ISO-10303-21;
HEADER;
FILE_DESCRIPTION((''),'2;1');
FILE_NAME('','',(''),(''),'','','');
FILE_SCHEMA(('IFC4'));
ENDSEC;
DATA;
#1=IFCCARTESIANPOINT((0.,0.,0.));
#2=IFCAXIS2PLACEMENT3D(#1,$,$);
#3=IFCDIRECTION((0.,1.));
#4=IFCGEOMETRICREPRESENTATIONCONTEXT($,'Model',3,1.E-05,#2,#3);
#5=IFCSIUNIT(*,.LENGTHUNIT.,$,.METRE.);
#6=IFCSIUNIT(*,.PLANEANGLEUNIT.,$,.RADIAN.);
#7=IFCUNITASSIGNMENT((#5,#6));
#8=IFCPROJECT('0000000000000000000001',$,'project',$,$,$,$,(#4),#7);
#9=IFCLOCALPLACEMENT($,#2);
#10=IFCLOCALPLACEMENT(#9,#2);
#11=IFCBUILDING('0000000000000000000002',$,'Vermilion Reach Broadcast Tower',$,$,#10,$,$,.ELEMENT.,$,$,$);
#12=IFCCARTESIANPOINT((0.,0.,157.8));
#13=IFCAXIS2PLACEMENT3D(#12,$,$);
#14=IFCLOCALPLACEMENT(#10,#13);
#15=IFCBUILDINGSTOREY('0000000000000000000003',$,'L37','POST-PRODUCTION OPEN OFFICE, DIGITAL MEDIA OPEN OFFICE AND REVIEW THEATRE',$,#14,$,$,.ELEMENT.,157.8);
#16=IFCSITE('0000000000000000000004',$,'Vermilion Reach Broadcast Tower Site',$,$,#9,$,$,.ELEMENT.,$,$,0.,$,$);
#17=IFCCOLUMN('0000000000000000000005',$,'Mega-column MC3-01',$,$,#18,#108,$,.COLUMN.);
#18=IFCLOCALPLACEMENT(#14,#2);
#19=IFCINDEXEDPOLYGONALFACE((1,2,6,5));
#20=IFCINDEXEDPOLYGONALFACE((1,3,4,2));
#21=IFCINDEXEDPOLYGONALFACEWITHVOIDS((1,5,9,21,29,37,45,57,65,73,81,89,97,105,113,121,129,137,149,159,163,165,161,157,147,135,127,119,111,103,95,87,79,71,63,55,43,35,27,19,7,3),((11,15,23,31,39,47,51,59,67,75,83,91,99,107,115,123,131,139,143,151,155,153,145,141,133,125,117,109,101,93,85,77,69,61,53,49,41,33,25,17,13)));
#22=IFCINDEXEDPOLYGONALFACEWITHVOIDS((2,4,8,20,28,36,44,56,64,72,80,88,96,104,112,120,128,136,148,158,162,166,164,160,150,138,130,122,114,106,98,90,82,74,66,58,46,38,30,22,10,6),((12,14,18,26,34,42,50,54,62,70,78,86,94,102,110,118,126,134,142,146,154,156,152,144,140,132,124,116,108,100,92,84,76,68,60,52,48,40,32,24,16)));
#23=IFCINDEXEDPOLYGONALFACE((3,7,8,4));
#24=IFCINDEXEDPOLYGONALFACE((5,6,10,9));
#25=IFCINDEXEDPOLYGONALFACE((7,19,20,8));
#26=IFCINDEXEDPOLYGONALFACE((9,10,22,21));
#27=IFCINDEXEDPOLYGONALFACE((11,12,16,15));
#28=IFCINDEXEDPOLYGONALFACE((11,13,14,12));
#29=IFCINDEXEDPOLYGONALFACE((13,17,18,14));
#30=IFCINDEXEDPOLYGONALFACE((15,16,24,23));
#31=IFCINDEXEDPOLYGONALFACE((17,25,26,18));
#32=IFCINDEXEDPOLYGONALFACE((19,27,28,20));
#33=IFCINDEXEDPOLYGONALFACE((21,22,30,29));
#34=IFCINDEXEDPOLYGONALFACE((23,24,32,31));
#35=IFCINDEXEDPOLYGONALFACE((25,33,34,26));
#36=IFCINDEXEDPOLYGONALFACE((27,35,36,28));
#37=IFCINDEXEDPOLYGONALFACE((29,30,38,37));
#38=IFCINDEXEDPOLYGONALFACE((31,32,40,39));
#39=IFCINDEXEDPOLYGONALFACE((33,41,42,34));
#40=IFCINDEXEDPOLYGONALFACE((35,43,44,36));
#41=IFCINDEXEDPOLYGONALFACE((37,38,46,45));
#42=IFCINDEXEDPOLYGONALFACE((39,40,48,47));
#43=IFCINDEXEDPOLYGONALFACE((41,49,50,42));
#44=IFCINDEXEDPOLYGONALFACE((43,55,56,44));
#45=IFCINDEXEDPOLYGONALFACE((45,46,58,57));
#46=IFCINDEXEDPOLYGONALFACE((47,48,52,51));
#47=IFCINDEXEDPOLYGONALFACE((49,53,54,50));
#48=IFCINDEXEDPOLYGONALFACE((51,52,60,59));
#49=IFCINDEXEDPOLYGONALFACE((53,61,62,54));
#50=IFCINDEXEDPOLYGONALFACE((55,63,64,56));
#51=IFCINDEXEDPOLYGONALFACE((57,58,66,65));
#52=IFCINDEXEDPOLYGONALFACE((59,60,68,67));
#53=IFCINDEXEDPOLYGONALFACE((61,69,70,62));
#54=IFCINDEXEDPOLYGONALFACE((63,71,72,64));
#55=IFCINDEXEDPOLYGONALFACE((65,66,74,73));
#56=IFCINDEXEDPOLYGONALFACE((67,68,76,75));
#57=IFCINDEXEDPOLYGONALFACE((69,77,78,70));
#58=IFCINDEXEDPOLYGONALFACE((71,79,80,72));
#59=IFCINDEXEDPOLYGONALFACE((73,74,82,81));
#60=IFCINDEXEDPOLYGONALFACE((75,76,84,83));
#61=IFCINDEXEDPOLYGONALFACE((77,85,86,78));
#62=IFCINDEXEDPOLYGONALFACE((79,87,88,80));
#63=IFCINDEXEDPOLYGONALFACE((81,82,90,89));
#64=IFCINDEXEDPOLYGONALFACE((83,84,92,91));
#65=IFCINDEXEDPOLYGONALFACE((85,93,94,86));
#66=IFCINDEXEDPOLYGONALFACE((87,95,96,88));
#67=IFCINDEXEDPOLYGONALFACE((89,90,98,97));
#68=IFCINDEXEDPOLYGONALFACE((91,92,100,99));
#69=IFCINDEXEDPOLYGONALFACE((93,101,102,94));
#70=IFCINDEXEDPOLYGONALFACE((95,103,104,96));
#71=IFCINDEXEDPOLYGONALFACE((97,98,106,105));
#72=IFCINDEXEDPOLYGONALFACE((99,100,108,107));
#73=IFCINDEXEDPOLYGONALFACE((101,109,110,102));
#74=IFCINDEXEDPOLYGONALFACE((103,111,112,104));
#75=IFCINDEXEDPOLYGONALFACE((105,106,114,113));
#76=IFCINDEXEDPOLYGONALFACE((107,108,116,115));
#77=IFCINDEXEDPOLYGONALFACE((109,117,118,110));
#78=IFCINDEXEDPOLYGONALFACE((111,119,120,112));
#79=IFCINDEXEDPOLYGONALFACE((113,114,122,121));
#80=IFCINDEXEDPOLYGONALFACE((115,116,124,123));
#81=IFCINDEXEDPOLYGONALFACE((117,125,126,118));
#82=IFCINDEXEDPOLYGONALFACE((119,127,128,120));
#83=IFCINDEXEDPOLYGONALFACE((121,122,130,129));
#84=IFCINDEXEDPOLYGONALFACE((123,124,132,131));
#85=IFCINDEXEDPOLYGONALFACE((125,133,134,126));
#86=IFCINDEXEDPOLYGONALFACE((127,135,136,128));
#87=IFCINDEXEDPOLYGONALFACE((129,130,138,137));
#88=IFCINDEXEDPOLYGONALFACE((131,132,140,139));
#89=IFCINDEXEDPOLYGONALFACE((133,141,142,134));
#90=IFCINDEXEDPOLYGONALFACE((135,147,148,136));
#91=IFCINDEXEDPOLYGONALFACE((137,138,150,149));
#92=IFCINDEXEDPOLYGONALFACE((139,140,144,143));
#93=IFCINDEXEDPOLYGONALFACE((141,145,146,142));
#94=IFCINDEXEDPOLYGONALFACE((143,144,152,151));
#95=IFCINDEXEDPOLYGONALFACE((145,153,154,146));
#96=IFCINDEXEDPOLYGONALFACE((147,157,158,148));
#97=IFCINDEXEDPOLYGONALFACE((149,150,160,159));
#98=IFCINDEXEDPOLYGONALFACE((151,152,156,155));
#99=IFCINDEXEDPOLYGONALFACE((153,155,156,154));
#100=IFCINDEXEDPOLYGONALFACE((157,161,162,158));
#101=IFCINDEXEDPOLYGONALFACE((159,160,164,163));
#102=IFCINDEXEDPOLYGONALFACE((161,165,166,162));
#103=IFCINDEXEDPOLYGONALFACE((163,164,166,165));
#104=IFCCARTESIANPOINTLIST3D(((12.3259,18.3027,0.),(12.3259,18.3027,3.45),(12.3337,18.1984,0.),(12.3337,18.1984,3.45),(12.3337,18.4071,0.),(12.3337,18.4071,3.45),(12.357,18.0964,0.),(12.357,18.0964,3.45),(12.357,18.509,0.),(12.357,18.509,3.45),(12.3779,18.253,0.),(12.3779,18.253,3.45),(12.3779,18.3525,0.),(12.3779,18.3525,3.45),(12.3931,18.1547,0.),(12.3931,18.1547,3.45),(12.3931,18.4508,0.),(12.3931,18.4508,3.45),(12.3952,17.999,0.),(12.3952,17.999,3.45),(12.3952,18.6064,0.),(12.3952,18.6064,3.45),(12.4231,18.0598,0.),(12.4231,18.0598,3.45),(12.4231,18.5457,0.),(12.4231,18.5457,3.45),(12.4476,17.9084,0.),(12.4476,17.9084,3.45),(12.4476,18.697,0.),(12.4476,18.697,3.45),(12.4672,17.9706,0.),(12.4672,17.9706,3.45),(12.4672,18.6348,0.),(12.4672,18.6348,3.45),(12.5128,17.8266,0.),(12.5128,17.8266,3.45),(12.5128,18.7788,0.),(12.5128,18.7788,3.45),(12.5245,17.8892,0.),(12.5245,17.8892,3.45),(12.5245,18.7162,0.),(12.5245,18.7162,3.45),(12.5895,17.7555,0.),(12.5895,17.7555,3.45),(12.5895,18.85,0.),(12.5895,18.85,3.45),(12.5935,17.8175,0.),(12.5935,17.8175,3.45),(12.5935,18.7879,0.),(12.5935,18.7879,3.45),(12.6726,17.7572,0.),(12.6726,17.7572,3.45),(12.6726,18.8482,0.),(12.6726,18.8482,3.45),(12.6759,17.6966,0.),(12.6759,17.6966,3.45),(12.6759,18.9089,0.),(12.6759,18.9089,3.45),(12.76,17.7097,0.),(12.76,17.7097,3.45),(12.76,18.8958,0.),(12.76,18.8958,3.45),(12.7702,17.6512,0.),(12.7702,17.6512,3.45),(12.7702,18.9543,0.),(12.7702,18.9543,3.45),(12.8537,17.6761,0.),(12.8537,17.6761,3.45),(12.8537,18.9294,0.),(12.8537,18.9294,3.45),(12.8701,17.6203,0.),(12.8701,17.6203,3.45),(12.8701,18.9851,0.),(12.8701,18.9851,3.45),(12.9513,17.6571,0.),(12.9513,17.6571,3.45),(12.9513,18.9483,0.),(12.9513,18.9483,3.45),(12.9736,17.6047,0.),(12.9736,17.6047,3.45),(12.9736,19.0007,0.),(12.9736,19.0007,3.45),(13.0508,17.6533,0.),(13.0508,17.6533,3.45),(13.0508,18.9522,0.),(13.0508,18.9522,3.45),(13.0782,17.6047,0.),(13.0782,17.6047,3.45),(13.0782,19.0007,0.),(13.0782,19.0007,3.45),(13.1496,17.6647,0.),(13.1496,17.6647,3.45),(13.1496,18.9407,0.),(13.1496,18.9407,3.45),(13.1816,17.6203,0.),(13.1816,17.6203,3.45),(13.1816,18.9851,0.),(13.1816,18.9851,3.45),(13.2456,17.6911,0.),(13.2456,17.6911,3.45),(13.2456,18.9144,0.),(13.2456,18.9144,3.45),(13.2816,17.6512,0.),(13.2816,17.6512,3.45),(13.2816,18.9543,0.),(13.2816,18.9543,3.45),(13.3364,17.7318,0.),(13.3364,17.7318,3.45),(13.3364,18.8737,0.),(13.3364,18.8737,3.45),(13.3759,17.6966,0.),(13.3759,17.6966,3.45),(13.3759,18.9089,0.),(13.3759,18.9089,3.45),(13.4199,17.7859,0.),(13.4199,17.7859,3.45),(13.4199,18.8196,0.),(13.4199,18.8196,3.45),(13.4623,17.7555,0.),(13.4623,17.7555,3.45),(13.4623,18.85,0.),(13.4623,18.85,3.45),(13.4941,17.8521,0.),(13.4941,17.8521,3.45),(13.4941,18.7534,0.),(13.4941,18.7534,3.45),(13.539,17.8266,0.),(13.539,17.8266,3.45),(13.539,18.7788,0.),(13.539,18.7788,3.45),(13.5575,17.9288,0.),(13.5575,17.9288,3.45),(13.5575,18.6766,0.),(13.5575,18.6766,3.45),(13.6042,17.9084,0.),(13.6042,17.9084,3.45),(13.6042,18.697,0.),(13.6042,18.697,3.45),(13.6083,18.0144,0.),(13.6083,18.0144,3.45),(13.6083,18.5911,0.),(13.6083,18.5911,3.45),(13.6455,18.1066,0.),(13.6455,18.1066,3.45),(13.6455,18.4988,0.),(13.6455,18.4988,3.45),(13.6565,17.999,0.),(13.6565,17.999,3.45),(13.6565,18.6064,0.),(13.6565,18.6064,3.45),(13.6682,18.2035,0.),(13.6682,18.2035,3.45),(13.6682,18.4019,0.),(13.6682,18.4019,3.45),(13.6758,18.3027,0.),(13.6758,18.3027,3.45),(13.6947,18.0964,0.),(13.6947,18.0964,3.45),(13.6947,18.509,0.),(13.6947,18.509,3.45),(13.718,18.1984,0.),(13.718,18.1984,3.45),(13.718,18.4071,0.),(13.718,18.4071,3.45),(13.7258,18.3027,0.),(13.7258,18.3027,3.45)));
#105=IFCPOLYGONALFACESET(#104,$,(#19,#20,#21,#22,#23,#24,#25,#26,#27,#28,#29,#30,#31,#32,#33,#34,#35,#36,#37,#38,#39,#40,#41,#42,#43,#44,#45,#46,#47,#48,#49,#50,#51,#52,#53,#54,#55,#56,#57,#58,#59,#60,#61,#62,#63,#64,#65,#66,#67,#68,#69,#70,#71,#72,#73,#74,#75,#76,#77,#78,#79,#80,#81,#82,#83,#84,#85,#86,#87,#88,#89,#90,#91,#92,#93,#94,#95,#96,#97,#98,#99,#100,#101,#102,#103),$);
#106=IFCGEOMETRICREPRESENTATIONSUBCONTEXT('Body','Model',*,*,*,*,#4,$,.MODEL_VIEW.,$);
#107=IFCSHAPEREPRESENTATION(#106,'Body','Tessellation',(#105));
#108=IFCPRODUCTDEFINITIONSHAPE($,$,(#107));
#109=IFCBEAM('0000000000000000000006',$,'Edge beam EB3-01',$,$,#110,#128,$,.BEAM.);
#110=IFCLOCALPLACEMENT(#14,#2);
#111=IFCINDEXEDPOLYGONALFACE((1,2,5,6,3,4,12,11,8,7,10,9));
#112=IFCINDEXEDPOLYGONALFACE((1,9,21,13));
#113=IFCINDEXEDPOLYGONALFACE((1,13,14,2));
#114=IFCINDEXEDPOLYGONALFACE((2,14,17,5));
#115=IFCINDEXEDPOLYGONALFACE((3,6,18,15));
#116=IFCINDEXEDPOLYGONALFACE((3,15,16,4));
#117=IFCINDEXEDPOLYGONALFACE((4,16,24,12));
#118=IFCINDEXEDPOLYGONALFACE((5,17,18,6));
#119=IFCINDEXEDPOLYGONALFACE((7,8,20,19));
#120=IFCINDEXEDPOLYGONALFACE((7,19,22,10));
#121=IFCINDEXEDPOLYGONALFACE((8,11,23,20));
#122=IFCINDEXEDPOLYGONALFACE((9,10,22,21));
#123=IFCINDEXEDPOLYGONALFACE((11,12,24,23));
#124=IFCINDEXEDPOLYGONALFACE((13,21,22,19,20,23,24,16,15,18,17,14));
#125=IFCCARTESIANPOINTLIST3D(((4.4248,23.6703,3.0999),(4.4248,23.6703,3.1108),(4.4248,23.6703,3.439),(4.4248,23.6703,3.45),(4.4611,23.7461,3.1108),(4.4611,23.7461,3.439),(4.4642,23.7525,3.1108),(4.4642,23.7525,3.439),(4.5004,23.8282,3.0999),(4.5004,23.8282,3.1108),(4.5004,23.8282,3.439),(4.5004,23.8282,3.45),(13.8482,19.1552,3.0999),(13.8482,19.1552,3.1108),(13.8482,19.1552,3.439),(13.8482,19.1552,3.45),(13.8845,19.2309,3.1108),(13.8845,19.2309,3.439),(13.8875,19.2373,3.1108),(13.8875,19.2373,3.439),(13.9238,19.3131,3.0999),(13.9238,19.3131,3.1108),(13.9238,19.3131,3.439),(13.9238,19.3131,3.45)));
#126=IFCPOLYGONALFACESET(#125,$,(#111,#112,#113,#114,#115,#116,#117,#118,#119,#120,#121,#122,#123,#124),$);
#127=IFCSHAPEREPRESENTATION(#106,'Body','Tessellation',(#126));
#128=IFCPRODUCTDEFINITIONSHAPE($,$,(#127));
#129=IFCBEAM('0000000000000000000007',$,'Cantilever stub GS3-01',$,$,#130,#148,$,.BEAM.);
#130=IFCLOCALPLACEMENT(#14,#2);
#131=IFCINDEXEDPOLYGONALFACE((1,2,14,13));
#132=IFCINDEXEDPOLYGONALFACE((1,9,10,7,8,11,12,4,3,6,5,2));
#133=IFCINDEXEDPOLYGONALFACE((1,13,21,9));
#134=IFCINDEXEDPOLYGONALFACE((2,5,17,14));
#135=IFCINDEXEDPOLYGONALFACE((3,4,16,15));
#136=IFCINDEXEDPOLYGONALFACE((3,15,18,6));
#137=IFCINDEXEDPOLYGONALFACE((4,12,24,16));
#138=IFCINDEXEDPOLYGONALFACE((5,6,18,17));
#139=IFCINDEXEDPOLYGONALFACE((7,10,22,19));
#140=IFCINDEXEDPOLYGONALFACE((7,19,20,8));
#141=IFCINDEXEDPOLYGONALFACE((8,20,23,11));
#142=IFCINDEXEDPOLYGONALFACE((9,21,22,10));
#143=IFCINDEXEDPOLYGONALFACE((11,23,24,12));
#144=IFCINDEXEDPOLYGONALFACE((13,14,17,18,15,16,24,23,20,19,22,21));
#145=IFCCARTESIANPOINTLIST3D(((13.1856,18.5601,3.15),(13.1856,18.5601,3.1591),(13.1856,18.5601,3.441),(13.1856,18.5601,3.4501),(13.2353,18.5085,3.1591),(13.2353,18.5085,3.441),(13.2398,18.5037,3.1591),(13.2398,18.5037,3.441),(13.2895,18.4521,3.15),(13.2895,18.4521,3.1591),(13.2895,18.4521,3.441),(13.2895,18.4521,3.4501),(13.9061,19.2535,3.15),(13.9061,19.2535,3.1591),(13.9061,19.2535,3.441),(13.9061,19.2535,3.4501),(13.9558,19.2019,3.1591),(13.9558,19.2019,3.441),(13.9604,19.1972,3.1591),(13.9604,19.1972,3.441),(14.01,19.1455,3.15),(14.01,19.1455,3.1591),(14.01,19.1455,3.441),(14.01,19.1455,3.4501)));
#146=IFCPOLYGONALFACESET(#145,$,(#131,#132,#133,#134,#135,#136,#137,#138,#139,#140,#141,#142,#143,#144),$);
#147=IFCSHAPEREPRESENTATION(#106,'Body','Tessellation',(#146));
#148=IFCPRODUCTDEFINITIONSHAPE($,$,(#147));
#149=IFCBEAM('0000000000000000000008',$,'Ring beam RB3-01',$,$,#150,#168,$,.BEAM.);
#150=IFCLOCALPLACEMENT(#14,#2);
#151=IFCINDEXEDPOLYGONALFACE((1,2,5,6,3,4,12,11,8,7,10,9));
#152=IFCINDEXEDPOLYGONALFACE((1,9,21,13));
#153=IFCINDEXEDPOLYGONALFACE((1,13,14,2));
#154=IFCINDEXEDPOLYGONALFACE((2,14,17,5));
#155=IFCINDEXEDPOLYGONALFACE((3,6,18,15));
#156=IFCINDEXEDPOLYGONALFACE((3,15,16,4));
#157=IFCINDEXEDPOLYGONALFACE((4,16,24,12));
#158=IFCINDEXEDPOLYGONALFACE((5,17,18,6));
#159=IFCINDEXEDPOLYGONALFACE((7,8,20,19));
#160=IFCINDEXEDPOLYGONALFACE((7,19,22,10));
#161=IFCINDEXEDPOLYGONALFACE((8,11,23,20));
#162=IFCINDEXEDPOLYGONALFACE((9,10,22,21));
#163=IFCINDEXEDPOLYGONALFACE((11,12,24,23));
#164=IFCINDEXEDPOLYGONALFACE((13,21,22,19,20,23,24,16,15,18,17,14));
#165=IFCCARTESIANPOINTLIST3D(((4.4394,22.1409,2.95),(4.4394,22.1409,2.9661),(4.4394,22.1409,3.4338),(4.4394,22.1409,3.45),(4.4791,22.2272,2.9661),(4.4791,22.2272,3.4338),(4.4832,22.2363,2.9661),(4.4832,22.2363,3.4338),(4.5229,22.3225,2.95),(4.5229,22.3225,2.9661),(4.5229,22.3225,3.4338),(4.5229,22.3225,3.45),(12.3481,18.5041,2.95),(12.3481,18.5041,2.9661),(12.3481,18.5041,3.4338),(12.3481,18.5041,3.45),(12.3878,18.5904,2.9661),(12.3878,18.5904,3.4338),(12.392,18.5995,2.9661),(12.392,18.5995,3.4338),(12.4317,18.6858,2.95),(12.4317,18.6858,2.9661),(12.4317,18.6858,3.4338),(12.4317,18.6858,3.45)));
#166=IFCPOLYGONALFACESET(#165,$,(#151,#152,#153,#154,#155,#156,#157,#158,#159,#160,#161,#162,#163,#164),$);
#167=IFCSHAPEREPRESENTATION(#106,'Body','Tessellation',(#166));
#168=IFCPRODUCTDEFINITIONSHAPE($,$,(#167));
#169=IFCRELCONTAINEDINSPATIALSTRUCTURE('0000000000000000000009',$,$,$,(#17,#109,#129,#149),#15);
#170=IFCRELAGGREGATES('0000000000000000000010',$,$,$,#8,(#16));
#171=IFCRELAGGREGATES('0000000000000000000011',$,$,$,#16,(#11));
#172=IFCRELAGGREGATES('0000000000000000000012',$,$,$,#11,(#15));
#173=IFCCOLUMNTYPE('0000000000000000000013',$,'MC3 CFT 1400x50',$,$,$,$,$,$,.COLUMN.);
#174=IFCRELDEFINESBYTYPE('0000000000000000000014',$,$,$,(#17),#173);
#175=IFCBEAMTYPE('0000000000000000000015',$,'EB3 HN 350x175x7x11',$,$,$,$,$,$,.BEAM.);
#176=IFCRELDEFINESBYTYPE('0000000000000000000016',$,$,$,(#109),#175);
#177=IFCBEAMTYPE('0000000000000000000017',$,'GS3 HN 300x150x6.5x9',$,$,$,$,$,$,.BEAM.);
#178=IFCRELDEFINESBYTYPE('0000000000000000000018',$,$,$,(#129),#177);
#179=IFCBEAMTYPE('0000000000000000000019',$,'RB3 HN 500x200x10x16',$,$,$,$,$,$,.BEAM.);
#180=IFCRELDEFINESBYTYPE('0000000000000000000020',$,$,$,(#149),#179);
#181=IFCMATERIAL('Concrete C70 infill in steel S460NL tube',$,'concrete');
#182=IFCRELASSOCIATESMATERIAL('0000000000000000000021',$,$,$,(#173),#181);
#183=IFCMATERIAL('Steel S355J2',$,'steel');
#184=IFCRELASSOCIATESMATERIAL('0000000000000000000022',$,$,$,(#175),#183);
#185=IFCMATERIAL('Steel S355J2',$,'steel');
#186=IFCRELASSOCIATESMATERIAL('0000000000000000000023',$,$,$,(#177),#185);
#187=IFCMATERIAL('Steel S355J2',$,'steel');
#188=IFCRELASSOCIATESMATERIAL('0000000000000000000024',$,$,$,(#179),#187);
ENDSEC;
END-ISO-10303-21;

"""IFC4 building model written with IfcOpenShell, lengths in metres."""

from ifc_helpers import new_model, si_unit, direction, frame, origin, origin_2d, place, context, subcontext, project, spatial, hollow_circle, i_section, extrude, material, material_profile, profile_set, type_object, element, save


model = new_model("IFC4")

# Units and contexts
model_context = context("Model", 3, precision=1e-05, world=origin(), true_north=direction((0.0, 1.0)))
body_context = subcontext(model_context, "Body", "Model", "MODEL_VIEW")
ifc_project = project(units=[si_unit("LENGTHUNIT", "METRE"), si_unit("PLANEANGLEUNIT", "RADIAN")], contexts=[model_context])

# Site, building, storey
site_placement = place(None, origin())
site = spatial("IfcSite", under=ifc_project, at=site_placement, Name="Vermilion Reach Broadcast Tower Site", CompositionType="ELEMENT", RefElevation=0.0)
building_placement = place(site_placement, origin())
building = spatial("IfcBuilding", under=site, at=building_placement, Name="Vermilion Reach Broadcast Tower", CompositionType="ELEMENT")
storey_placement = place(building_placement, frame((0.0, 0.0, 157.8)))
storey = spatial("IfcBuildingStorey", under=building, at=storey_placement, Name="L37", Description="POST-PRODUCTION OPEN OFFICE, DIGITAL MEDIA OPEN OFFICE AND REVIEW THEATRE", CompositionType="ELEMENT", Elevation=157.8)

# Column
ifc_material_1 = material(Name="Concrete C70 infill in steel S460NL tube", Category="concrete")
ifc_material_profile_1 = material_profile(ifc_material_1, hollow_circle(Radius=0.7, WallThickness=0.05, at=origin_2d()), Name="Concrete C70 infill in steel S460NL tube CFT 1400x50")
ifc_profile_set_1 = profile_set([ifc_material_profile_1], Name="Concrete C70 infill in steel S460NL tube")
column_type = type_object("IfcColumnType", Name="MC3 CFT 1400x50", PredefinedType="COLUMN", material=ifc_profile_set_1)
column_placement = place(storey_placement, frame((13.0259, 18.3027, 0.0), z_axis=(0.0, 0.0, 1.0), x_axis=(1.0, 0.0, 0.0)))
element("IfcColumn", 1, at=column_placement, inside=storey, type_object=column_type, Name="Mega-column MC3-01", PredefinedType="COLUMN", context=body_context, shape_type="SweptSolid", body=[
    extrude(hollow_circle(Radius=0.7, WallThickness=0.05, at=origin_2d()), origin(), (0.0, 0.0, 1.0), 3.45),
])

# Beams
ifc_material_2 = material(Name="Steel S355J2", Category="steel")
ifc_material_profile_2 = material_profile(ifc_material_2, i_section(OverallWidth=0.175, OverallDepth=0.3501, WebThickness=0.0071, FlangeThickness=0.011, at=origin_2d()), Name="S355J2 HN 350x175x7x11")
ifc_profile_set_2 = profile_set([ifc_material_profile_2], Name="Steel S355J2")
beam_type_1 = type_object("IfcBeamType", Name="EB3 HN 350x175x7x11", PredefinedType="BEAM", material=ifc_profile_set_2)
beam_1_placement = place(storey_placement, frame((13.886, 19.2341, 3.2749), z_axis=(-0.901824, 0.432104, 0.0), x_axis=(-0.432104, -0.901824, 0.0)))
element("IfcBeam", 2, at=beam_1_placement, inside=storey, type_object=beam_type_1, Name="Edge beam EB3-01", PredefinedType="BEAM", context=body_context, shape_type="SweptSolid", body=[
    extrude(i_section(OverallWidth=0.175, OverallDepth=0.3501, WebThickness=0.0071, FlangeThickness=0.011, at=origin_2d()), origin(), (0.0, 0.0, 1.0), 10.4492),
])
ifc_material_3 = material(Name="Steel S355J2", Category="steel")
ifc_material_profile_3 = material_profile(ifc_material_3, i_section(OverallWidth=0.1499, OverallDepth=0.3, WebThickness=0.0066, FlangeThickness=0.009, at=origin_2d()), Name="S355J2 HN 300x150x6.5x9")
ifc_profile_set_3 = profile_set([ifc_material_profile_3], Name="Steel S355J2")
beam_type_2 = type_object("IfcBeamType", Name="GS3 HN 300x150x6.5x9", PredefinedType="BEAM", material=ifc_profile_set_3)
beam_2_placement = place(storey_placement, frame((13.2375, 18.5061, 3.3), z_axis=(0.720528, 0.693426, 0.0), x_axis=(-0.693426, 0.720528, 0.0)))
element("IfcBeam", 3, at=beam_2_placement, inside=storey, type_object=beam_type_2, Name="Cantilever stub GS3-01", PredefinedType="BEAM", context=body_context, shape_type="SweptSolid", body=[
    extrude(i_section(OverallWidth=0.1499, OverallDepth=0.3, WebThickness=0.0066, FlangeThickness=0.009, at=origin_2d()), origin(), (0.0, 0.0, 1.0), 1.0),
])
ifc_material_4 = material(Name="Steel S355J2", Category="steel")
ifc_material_profile_4 = material_profile(ifc_material_4, i_section(OverallWidth=0.2, OverallDepth=0.5, WebThickness=0.01, FlangeThickness=0.0161, at=origin_2d()), Name="S355J2 HN 500x200x10x16")
ifc_profile_set_4 = profile_set([ifc_material_profile_4], Name="Steel S355J2")
beam_type_3 = type_object("IfcBeamType", Name="RB3 HN 500x200x10x16", PredefinedType="BEAM", material=ifc_profile_set_4)
beam_3_placement = place(storey_placement, frame((12.3899, 18.595, 3.2), z_axis=(-0.908546, 0.417784, 0.0), x_axis=(-0.417784, -0.908546, 0.0)))
element("IfcBeam", 4, at=beam_3_placement, inside=storey, type_object=beam_type_3, Name="Ring beam RB3-01", PredefinedType="BEAM", context=body_context, shape_type="SweptSolid", body=[
    extrude(i_section(OverallWidth=0.2, OverallDepth=0.5, WebThickness=0.01, FlangeThickness=0.0161, at=origin_2d()), origin(), (0.0, 0.0, 1.0), 8.7048),
])

save(model, "model.ifc")
